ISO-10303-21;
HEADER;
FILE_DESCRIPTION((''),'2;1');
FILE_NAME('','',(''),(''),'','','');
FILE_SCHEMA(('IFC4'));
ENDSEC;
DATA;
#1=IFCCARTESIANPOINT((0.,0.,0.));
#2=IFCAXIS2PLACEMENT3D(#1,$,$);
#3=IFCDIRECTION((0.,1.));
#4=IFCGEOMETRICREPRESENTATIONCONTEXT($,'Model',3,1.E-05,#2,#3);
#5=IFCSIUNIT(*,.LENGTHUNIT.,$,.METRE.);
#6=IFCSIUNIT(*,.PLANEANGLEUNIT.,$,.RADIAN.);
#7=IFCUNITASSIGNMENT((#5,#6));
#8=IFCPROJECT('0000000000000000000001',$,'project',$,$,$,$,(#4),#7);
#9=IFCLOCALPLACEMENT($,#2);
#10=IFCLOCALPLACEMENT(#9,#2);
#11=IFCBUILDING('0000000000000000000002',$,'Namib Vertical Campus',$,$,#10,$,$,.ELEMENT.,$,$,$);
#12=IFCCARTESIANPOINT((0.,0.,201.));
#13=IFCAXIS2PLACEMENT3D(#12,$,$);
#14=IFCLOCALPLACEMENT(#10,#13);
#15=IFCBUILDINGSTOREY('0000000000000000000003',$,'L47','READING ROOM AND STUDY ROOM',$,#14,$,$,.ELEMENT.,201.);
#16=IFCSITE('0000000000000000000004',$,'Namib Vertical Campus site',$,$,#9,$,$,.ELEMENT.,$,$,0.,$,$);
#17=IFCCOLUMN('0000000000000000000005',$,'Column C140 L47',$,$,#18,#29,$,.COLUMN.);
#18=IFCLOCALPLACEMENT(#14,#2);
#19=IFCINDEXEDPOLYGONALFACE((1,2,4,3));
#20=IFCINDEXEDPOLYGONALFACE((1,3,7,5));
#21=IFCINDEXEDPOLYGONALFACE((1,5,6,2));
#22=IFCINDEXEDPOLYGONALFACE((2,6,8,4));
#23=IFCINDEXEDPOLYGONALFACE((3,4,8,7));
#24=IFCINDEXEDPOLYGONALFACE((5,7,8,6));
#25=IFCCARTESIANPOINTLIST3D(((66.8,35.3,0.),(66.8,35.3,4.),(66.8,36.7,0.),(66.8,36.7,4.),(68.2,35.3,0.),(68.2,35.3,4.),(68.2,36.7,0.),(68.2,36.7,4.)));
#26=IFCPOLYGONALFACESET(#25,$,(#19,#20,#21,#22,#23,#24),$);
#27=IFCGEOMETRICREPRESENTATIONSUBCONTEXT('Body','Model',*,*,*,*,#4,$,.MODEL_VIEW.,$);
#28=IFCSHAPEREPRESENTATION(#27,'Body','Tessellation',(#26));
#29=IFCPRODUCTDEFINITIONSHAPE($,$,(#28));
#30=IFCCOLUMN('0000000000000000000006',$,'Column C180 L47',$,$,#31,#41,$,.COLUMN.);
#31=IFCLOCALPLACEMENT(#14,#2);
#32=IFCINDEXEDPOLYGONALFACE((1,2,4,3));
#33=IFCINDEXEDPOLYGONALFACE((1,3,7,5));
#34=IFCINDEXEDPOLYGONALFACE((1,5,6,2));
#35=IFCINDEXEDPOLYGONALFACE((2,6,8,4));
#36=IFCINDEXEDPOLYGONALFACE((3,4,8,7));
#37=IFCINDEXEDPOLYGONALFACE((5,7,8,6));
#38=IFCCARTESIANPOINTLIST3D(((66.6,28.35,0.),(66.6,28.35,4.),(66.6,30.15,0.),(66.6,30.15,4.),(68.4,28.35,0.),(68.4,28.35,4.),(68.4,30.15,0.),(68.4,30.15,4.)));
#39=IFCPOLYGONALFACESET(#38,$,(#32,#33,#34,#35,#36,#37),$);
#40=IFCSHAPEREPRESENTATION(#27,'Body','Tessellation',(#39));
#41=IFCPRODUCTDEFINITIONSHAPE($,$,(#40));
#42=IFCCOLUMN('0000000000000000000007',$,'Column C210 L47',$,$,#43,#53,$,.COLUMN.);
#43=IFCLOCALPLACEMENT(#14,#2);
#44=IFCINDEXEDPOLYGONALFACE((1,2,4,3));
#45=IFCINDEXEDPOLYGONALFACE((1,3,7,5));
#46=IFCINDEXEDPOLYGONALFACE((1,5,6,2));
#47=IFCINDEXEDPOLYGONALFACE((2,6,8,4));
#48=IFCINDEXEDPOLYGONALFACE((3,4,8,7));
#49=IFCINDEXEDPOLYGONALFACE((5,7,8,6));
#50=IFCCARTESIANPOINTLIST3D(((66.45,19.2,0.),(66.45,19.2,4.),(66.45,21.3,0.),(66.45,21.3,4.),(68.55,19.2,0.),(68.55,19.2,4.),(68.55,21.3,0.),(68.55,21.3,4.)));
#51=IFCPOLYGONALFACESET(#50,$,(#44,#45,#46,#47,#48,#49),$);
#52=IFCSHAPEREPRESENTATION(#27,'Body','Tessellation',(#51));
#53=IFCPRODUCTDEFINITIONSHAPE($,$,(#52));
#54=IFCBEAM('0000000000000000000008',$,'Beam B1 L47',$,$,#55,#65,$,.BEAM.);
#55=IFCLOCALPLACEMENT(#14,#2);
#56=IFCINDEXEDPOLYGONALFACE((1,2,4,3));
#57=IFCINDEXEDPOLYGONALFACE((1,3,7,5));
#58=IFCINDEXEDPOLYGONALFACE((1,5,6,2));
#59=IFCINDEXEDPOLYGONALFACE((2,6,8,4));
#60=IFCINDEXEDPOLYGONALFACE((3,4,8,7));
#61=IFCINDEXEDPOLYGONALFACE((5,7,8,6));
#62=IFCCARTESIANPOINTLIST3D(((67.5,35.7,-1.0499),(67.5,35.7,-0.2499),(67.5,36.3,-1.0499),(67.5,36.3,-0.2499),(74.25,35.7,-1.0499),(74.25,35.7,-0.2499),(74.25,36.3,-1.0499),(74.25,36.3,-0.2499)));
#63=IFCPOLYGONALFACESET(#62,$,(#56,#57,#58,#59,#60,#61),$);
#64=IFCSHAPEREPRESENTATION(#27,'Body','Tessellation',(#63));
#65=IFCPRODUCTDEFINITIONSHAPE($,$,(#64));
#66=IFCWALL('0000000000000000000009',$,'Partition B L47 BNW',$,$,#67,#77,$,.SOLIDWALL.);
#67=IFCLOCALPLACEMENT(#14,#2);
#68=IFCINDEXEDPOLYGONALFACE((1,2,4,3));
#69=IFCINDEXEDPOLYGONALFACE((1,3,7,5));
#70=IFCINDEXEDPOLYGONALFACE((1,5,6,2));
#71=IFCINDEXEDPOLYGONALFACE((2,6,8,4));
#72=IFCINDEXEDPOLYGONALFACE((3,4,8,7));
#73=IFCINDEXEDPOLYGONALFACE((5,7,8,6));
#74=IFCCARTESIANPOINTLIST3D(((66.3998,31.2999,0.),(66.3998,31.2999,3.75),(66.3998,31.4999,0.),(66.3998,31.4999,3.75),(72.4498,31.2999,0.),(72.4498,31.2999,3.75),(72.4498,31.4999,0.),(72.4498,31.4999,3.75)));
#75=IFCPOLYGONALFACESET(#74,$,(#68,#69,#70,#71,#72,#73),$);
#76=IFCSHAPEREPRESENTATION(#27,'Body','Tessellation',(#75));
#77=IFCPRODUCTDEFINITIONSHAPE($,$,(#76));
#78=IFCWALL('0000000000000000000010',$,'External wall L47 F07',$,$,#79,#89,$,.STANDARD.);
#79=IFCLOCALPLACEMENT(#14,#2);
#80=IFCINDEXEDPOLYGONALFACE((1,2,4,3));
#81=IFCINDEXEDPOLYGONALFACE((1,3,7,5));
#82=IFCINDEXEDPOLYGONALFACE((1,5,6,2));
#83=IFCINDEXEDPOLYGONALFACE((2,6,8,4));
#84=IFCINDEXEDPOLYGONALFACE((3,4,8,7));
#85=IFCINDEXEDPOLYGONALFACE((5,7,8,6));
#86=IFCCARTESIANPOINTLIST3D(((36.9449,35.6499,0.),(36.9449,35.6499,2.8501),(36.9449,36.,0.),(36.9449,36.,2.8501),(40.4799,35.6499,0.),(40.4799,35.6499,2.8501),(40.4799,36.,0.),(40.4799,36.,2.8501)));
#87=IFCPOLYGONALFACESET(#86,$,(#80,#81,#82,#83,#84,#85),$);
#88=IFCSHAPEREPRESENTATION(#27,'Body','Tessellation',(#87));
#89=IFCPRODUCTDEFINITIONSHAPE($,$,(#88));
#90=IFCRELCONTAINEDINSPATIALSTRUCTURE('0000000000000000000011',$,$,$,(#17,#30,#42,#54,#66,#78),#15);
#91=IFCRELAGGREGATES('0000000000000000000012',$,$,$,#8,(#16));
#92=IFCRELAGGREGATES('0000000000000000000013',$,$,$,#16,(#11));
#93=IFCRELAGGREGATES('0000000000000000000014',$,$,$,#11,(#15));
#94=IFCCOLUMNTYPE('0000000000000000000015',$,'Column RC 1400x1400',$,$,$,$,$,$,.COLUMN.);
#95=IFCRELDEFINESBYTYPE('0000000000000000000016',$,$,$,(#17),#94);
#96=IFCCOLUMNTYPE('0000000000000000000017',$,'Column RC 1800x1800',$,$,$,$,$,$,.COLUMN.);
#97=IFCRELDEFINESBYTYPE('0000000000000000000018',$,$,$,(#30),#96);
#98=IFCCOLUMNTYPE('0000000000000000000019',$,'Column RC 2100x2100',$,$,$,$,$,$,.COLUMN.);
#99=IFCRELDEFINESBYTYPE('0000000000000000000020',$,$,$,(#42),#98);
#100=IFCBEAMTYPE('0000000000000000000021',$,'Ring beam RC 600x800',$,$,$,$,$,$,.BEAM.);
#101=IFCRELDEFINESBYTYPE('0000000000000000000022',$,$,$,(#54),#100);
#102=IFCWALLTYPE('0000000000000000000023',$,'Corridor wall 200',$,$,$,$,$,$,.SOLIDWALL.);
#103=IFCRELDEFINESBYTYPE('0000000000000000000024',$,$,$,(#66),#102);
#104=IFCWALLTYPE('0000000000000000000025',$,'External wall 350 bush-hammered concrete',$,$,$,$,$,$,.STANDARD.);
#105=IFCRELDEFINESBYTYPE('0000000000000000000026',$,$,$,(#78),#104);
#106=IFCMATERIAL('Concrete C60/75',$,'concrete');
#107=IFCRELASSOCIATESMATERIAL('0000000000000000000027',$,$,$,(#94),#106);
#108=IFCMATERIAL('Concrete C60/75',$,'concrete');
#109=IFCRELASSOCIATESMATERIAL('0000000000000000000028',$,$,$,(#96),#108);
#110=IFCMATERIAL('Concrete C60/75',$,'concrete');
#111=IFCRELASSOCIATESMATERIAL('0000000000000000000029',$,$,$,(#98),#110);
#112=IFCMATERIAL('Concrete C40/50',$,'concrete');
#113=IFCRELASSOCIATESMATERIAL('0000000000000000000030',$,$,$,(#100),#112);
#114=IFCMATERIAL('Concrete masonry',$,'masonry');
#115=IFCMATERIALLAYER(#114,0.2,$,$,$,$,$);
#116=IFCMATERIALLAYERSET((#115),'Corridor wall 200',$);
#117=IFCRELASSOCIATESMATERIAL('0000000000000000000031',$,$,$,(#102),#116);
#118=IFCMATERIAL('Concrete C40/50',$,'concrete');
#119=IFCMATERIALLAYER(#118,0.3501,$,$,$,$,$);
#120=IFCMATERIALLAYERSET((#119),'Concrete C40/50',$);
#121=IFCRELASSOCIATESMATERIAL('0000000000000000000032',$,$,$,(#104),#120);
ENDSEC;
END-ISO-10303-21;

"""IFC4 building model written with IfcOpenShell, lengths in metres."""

from ifc_helpers import new_model, si_unit, direction, frame, frame_2d, origin, origin_2d, place, context, subcontext, project, spatial, rectangle, extrude, material, layer, layer_set, material_profile, profile_set, type_object, element, save


model = new_model("IFC4")

# Units and contexts
model_context = context("Model", 3, precision=1e-05, world=origin(), true_north=direction((0.0, 1.0)))
body_context = subcontext(model_context, "Body", "Model", "MODEL_VIEW")
ifc_project = project(units=[si_unit("LENGTHUNIT", "METRE"), si_unit("PLANEANGLEUNIT", "RADIAN")], contexts=[model_context])

# Site, building, storey
site_placement = place(None, origin())
site = spatial("IfcSite", under=ifc_project, at=site_placement, Name="Namib Vertical Campus site", CompositionType="ELEMENT", RefElevation=0.0)
building_placement = place(site_placement, origin())
building = spatial("IfcBuilding", under=site, at=building_placement, Name="Namib Vertical Campus", CompositionType="ELEMENT")
storey_placement = place(building_placement, frame((0.0, 0.0, 201.0)))
storey = spatial("IfcBuildingStorey", under=building, at=storey_placement, Name="L47", Description="READING ROOM AND STUDY ROOM", CompositionType="ELEMENT", Elevation=201.0)

# Columns
ifc_material_1 = material(Name="Concrete C60/75", Category="concrete")
ifc_material_profile_1 = material_profile(ifc_material_1, rectangle(XDim=1.3999, YDim=1.3999, at=origin_2d()))
ifc_profile_set_1 = profile_set([ifc_material_profile_1], Name="Concrete C60/75")
column_type_1 = type_object("IfcColumnType", Name="Column RC 1400x1400", PredefinedType="COLUMN", material=ifc_profile_set_1)
column_1_placement = place(storey_placement, frame((67.5, 36.0, 0.0), z_axis=(0.0, 0.0, 1.0), x_axis=(1.0, 0.0, 0.0)))
element("IfcColumn", 1, at=column_1_placement, inside=storey, type_object=column_type_1, Name="Column C140 L47", PredefinedType="COLUMN", context=body_context, shape_type="SweptSolid", body=[
    extrude(rectangle(XDim=1.3999, YDim=1.3999, at=origin_2d()), origin(), (0.0, 0.0, 1.0), 4.0),
])
ifc_material_2 = material(Name="Concrete C60/75", Category="concrete")
ifc_material_profile_2 = material_profile(ifc_material_2, rectangle(XDim=1.8, YDim=1.8, at=origin_2d()))
ifc_profile_set_2 = profile_set([ifc_material_profile_2], Name="Concrete C60/75")
column_type_2 = type_object("IfcColumnType", Name="Column RC 1800x1800", PredefinedType="COLUMN", material=ifc_profile_set_2)
column_2_placement = place(storey_placement, frame((67.5, 29.25, 0.0), z_axis=(0.0, 0.0, 1.0), x_axis=(1.0, 0.0, 0.0)))
element("IfcColumn", 2, at=column_2_placement, inside=storey, type_object=column_type_2, Name="Column C180 L47", PredefinedType="COLUMN", context=body_context, shape_type="SweptSolid", body=[
    extrude(rectangle(XDim=1.8, YDim=1.8, at=origin_2d()), origin(), (0.0, 0.0, 1.0), 4.0),
])
ifc_material_3 = material(Name="Concrete C60/75", Category="concrete")
ifc_material_profile_3 = material_profile(ifc_material_3, rectangle(XDim=2.1001, YDim=2.1001, at=origin_2d()))
ifc_profile_set_3 = profile_set([ifc_material_profile_3], Name="Concrete C60/75")
column_type_3 = type_object("IfcColumnType", Name="Column RC 2100x2100", PredefinedType="COLUMN", material=ifc_profile_set_3)
column_3_placement = place(storey_placement, frame((67.5, 20.25, 0.0), z_axis=(0.0, 0.0, 1.0), x_axis=(1.0, 0.0, 0.0)))
element("IfcColumn", 3, at=column_3_placement, inside=storey, type_object=column_type_3, Name="Column C210 L47", PredefinedType="COLUMN", context=body_context, shape_type="SweptSolid", body=[
    extrude(rectangle(XDim=2.1001, YDim=2.1001, at=origin_2d()), origin(), (0.0, 0.0, 1.0), 4.0),
])

# Beam
ifc_material_4 = material(Name="Concrete C40/50", Category="concrete")
ifc_material_profile_4 = material_profile(ifc_material_4, rectangle(XDim=0.6001, YDim=0.8, at=origin_2d()))
ifc_profile_set_4 = profile_set([ifc_material_profile_4], Name="Concrete C40/50")
beam_type = type_object("IfcBeamType", Name="Ring beam RC 600x800", PredefinedType="BEAM", material=ifc_profile_set_4)
beam_placement = place(storey_placement, frame((67.5, 36.0, -0.6499), z_axis=(1.0, 0.0, 0.0), x_axis=(0.0, 1.0, 0.0)))
element("IfcBeam", 4, at=beam_placement, inside=storey, type_object=beam_type, Name="Beam B1 L47", PredefinedType="BEAM", context=body_context, shape_type="SweptSolid", body=[
    extrude(rectangle(XDim=0.6001, YDim=0.8, at=origin_2d()), origin(), (0.0, 0.0, 1.0), 6.75),
])

# Walls
ifc_material_5 = material(Name="Concrete masonry", Category="masonry")
ifc_layer_1 = layer(ifc_material_5, 0.2)
ifc_layer_set_1 = layer_set([ifc_layer_1], Name="Corridor wall 200")
wall_type_1 = type_object("IfcWallType", Name="Corridor wall 200", PredefinedType="SOLIDWALL", material=ifc_layer_set_1)
wall_1_placement = place(storey_placement, frame((66.3999, 31.3999, 0.0), z_axis=(0.0, 0.0, 1.0), x_axis=(1.0, 0.0, 0.0)))
element("IfcWall", 5, at=wall_1_placement, inside=storey, type_object=wall_type_1, Name="Partition B L47 BNW", PredefinedType="SOLIDWALL", context=body_context, shape_type="SweptSolid", body=[
    extrude(rectangle(XDim=6.05, YDim=0.2, at=frame_2d((3.0249, 0.0))), origin(), (0.0, 0.0, 1.0), 3.75),
])
ifc_material_6 = material(Name="Concrete C40/50", Category="concrete")
ifc_layer_2 = layer(ifc_material_6, 0.3501)
ifc_layer_set_2 = layer_set([ifc_layer_2], Name="Concrete C40/50")
wall_type_2 = type_object("IfcWallType", Name="External wall 350 bush-hammered concrete", PredefinedType="STANDARD", material=ifc_layer_set_2)
wall_2_placement = place(storey_placement, frame((40.48, 35.825, 0.0), z_axis=(0.0, 0.0, 1.0), x_axis=(-1.0, 0.0, 0.0)))
element("IfcWall", 6, at=wall_2_placement, inside=storey, type_object=wall_type_2, Name="External wall L47 F07", PredefinedType="STANDARD", context=body_context, shape_type="SweptSolid", body=[
    extrude(rectangle(XDim=3.5349, YDim=0.3501, at=frame_2d((1.7676, 0.0))), origin(), (0.0, 0.0, 1.0), 2.8501),
])

save(model, "model.ifc")
